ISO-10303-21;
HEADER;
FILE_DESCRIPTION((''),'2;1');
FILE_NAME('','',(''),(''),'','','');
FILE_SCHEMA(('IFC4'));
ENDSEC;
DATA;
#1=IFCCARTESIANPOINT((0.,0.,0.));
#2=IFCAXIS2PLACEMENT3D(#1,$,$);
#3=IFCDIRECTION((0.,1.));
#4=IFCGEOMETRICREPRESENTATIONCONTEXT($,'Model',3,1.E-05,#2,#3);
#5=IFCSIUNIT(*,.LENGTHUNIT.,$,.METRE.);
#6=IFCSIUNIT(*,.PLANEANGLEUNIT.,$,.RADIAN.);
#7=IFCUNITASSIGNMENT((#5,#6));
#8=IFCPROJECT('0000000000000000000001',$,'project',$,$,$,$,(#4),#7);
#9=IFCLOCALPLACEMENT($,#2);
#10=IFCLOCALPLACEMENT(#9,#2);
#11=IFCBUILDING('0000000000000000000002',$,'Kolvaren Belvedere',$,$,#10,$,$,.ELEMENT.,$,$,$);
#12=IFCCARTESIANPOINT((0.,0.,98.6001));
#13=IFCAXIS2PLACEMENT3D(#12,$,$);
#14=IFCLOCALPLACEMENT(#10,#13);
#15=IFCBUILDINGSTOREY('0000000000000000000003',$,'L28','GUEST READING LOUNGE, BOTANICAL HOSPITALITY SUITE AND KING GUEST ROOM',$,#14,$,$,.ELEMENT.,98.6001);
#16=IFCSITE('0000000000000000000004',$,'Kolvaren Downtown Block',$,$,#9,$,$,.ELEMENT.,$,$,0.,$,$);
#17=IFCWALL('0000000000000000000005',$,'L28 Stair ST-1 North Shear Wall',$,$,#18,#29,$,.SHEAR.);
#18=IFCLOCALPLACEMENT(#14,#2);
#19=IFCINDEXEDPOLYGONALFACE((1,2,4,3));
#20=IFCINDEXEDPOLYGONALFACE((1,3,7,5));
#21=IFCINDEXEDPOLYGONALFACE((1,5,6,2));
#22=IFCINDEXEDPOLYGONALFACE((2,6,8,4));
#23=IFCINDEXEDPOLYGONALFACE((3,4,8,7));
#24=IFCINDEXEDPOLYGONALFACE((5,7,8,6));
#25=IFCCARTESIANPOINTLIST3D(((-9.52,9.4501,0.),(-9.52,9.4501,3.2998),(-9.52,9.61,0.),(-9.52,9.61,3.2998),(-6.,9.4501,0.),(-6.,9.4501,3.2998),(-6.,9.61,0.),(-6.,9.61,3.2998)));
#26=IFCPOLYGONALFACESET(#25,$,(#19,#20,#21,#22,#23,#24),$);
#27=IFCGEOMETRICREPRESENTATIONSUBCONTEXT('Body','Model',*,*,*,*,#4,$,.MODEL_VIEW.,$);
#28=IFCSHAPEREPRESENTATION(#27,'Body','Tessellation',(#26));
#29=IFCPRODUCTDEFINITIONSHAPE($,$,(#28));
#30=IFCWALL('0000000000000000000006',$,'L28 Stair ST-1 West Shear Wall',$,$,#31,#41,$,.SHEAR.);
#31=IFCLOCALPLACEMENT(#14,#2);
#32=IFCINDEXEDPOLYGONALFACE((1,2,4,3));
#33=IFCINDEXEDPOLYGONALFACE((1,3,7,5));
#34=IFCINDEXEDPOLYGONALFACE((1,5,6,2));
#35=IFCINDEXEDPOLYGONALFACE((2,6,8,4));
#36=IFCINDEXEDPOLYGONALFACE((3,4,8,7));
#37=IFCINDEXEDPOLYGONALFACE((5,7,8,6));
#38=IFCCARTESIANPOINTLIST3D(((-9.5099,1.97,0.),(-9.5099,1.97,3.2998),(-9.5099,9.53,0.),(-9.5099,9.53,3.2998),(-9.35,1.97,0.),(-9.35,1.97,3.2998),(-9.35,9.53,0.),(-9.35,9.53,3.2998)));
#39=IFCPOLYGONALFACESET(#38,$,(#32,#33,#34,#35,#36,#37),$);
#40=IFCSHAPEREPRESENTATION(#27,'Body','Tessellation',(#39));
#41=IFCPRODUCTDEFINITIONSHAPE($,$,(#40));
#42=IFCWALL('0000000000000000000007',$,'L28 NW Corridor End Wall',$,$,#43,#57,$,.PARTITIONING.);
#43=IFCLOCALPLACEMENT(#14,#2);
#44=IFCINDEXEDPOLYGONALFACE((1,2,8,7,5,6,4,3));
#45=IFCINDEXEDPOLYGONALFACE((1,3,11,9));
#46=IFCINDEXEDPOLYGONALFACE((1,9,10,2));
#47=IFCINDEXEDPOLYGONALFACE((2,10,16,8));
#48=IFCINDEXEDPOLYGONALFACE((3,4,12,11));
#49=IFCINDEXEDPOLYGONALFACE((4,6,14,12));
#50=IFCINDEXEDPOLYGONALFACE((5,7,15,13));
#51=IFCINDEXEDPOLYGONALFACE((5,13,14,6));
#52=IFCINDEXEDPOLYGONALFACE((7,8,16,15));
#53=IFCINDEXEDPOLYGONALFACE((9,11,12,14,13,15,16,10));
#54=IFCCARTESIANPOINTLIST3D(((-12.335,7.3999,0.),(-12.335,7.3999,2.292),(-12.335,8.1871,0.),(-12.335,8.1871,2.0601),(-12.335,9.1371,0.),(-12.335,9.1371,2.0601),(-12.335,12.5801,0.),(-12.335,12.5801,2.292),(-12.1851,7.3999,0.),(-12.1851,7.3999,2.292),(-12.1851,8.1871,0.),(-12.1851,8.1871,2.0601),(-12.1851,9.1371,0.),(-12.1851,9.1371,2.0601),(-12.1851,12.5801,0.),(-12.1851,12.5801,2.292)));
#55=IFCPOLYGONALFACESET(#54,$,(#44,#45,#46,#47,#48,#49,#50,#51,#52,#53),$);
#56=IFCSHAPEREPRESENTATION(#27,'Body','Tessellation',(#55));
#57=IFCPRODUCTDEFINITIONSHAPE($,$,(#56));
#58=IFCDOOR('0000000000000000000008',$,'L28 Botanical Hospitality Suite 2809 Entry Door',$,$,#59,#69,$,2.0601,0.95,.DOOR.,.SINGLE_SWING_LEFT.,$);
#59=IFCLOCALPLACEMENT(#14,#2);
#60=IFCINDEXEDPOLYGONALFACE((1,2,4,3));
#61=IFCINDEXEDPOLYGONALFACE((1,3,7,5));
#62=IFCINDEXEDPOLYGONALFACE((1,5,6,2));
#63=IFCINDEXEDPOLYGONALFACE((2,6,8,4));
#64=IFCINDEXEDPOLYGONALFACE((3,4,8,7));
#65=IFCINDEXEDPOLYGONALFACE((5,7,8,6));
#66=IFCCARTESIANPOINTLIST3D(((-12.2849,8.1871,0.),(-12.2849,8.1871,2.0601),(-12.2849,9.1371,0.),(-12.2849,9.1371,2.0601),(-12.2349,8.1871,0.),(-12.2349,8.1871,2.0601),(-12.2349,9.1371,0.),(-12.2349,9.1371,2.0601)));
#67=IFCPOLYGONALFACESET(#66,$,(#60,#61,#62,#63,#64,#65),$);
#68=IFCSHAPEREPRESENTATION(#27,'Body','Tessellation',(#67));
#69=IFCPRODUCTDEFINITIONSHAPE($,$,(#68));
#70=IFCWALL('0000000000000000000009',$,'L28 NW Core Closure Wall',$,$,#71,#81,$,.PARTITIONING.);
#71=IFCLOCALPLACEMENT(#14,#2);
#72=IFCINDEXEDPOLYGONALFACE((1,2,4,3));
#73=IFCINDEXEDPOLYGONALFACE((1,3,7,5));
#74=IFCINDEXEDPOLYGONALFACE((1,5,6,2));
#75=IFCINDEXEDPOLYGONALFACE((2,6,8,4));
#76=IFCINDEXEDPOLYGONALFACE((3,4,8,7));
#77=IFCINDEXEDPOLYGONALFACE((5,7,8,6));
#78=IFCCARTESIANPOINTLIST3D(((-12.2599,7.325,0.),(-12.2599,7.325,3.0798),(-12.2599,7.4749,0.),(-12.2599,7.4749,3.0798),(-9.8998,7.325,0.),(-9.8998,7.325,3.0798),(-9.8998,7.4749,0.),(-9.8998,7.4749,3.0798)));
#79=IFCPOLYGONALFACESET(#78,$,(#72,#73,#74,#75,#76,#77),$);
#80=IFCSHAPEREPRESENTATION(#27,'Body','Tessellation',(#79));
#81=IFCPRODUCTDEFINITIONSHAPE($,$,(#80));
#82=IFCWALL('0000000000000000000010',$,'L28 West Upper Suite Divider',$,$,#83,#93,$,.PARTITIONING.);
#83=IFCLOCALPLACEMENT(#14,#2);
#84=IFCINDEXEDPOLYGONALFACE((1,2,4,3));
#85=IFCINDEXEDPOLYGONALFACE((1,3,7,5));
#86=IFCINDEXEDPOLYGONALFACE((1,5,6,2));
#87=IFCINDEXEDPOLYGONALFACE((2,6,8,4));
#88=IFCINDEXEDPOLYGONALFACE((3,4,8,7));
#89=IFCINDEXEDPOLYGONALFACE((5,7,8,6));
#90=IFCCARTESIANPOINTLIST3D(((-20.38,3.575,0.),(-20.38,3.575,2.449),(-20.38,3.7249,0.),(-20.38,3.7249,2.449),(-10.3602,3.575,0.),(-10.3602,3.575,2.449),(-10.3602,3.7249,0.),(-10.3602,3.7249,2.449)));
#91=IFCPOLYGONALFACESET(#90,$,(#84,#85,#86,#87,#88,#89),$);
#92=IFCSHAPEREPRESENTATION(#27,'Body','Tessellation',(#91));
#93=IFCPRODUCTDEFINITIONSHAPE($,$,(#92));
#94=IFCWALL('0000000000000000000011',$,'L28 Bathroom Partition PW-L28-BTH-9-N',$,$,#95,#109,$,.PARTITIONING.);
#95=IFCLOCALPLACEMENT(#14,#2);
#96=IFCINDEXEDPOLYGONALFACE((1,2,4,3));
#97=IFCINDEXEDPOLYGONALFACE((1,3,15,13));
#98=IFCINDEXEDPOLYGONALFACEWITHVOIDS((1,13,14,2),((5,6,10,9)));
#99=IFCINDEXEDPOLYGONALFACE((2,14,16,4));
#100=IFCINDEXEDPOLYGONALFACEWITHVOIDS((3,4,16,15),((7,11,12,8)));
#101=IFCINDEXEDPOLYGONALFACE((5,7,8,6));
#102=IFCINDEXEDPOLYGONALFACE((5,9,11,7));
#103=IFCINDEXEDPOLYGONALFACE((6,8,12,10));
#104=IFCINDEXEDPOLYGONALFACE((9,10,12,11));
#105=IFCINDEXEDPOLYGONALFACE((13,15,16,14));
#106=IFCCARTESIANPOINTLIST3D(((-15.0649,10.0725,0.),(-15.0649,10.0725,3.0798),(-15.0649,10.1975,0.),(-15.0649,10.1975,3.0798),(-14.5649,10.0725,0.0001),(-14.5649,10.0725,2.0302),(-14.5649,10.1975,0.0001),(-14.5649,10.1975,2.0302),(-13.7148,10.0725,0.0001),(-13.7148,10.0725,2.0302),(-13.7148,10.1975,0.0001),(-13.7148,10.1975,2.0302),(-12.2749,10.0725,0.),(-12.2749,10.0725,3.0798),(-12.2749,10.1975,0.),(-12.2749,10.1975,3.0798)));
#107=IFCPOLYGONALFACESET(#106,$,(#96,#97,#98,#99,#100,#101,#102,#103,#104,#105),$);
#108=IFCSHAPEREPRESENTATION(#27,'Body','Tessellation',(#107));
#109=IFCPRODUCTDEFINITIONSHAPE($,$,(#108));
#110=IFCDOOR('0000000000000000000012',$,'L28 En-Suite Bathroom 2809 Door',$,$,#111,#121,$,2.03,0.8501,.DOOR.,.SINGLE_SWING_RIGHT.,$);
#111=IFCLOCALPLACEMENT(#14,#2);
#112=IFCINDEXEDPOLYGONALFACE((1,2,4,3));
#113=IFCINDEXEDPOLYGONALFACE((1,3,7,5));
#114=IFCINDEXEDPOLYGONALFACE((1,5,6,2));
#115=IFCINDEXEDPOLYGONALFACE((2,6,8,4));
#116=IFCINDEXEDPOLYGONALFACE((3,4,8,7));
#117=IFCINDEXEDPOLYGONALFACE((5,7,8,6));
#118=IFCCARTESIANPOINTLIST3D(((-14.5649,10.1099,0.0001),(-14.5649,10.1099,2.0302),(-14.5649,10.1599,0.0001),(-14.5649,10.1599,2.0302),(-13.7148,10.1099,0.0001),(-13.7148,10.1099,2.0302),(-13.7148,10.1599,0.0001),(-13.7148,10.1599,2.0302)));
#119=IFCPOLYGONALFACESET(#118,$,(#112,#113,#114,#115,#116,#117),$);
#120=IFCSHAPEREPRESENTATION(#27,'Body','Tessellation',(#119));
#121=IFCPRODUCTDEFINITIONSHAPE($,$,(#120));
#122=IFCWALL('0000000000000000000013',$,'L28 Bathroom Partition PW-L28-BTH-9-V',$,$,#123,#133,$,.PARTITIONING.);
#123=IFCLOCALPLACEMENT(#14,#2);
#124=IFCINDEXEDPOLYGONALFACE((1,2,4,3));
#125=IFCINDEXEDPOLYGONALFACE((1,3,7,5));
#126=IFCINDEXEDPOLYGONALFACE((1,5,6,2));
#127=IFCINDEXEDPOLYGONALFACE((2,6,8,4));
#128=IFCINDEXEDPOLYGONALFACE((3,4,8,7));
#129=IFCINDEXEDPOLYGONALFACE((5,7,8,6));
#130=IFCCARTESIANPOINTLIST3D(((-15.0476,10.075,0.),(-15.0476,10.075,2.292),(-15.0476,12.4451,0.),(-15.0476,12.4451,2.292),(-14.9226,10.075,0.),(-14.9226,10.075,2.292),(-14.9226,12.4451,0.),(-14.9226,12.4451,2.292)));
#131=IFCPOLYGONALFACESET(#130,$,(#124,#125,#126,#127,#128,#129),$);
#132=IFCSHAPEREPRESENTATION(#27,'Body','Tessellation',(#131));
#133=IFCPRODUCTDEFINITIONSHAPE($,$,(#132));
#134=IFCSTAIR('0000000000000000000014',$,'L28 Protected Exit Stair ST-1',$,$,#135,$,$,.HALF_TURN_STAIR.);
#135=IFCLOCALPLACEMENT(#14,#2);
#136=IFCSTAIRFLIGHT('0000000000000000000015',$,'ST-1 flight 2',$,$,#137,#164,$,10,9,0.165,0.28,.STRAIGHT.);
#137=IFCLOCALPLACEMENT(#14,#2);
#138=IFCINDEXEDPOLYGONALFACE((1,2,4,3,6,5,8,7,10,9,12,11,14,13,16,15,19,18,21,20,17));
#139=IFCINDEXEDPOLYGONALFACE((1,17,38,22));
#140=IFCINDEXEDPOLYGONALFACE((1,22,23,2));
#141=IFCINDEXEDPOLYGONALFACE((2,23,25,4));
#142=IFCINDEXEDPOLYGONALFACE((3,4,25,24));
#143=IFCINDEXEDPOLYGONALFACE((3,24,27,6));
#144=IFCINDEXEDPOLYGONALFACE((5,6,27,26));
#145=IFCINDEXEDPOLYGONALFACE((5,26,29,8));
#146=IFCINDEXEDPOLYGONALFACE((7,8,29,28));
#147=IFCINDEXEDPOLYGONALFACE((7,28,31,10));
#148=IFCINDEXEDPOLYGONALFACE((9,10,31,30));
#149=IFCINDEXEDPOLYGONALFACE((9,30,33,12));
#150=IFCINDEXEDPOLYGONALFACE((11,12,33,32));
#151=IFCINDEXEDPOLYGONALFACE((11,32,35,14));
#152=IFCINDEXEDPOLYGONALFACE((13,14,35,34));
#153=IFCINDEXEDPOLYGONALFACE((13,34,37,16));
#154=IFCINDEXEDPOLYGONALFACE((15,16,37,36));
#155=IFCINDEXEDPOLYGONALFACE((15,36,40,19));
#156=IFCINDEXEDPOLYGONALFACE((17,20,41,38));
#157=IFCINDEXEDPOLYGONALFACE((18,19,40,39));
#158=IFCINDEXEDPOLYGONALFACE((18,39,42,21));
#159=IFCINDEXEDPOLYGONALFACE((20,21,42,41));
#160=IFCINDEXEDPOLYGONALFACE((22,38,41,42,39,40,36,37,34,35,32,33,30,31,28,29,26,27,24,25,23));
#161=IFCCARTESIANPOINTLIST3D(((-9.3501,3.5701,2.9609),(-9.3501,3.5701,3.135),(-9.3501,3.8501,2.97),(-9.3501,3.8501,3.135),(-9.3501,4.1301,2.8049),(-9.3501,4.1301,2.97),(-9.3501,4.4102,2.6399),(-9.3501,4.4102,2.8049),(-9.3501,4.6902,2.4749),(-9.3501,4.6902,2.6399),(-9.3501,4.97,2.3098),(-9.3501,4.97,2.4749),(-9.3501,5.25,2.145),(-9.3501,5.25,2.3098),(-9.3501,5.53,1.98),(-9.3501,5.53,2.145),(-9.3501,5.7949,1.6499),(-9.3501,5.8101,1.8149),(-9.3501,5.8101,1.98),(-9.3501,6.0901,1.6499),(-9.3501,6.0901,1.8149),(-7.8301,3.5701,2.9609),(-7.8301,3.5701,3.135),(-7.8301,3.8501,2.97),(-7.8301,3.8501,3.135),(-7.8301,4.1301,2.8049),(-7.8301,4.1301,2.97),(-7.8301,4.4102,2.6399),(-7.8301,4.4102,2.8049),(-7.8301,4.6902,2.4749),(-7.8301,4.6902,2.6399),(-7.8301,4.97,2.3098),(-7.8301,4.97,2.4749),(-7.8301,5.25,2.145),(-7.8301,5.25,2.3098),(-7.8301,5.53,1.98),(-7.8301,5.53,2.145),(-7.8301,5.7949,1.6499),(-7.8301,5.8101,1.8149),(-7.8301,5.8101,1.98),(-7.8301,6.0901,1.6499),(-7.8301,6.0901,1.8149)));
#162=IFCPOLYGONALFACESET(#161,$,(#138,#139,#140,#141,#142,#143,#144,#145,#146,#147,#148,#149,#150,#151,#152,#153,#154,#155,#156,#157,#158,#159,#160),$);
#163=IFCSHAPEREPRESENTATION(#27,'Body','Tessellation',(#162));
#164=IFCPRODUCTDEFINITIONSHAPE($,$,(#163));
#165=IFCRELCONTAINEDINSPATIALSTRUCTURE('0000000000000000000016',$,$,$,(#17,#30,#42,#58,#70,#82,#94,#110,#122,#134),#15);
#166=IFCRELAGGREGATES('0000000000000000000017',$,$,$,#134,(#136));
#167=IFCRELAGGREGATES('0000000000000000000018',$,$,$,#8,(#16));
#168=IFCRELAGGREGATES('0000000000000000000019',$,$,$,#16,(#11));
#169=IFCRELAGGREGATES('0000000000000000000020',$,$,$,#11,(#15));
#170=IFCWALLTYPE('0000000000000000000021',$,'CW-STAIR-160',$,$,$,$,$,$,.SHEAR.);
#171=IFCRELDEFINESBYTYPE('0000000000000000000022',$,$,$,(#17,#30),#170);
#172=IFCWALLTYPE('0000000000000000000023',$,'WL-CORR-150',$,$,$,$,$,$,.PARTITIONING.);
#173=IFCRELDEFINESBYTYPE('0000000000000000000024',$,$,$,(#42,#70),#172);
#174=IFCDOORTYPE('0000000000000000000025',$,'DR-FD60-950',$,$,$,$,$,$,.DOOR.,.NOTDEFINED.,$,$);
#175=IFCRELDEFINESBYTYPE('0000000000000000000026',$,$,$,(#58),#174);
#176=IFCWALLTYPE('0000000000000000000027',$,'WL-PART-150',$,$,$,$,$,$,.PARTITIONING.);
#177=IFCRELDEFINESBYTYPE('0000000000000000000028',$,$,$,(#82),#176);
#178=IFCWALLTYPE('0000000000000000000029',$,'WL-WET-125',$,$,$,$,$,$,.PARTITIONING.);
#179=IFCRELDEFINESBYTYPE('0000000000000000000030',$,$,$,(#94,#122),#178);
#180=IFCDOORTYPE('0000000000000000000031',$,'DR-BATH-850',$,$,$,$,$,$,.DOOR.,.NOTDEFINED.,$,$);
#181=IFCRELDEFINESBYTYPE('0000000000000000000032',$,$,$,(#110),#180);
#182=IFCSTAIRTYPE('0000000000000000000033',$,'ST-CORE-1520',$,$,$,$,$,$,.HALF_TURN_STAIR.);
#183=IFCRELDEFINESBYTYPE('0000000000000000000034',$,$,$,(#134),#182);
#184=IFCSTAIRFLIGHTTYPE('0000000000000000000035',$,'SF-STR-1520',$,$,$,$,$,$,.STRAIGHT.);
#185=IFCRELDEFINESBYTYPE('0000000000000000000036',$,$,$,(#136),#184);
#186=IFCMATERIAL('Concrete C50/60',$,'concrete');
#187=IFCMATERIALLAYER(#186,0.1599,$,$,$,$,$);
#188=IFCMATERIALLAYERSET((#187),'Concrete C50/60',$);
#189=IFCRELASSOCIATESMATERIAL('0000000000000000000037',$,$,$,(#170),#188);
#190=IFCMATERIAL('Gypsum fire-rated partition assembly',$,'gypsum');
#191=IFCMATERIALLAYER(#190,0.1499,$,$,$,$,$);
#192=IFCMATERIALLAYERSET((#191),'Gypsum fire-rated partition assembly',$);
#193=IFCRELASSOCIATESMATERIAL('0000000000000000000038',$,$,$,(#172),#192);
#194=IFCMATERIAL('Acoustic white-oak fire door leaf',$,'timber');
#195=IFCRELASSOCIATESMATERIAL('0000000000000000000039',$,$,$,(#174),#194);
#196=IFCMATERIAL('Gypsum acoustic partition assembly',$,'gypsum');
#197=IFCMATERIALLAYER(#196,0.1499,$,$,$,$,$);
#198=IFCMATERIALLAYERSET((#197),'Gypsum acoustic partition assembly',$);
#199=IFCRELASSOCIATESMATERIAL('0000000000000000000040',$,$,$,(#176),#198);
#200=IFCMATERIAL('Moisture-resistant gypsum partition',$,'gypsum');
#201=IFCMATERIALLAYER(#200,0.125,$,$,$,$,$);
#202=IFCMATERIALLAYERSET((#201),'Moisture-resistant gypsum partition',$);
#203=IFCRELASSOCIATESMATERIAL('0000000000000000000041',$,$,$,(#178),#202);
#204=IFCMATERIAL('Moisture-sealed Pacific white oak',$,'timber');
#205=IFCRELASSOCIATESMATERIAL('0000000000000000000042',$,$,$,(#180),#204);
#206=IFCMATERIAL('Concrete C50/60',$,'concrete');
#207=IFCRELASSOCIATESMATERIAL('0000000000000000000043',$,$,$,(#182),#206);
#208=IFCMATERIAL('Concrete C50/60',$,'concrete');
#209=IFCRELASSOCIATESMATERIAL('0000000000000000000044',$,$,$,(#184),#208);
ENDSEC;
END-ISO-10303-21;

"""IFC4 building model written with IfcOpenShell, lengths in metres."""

from ifc_helpers import new_model, si_unit, direction, frame, frame_2d, origin, place, context, subcontext, project, spatial, polyline, rectangle, outline, extrude, material, layer, layer_set, type_object, element, fill, aggregate, save


model = new_model("IFC4")

# Units and contexts
model_context = context("Model", 3, precision=1e-05, world=origin(), true_north=direction((0.0, 1.0)))
body_context = subcontext(model_context, "Body", "Model", "MODEL_VIEW")
ifc_project = project(units=[si_unit("LENGTHUNIT", "METRE"), si_unit("PLANEANGLEUNIT", "RADIAN")], contexts=[model_context])

# Site, building, storey
site_placement = place(None, origin())
site = spatial("IfcSite", under=ifc_project, at=site_placement, Name="Kolvaren Downtown Block", CompositionType="ELEMENT", RefElevation=0.0)
building_placement = place(site_placement, origin())
building = spatial("IfcBuilding", under=site, at=building_placement, Name="Kolvaren Belvedere", CompositionType="ELEMENT")
storey_placement = place(building_placement, frame((0.0, 0.0, 98.6001)))
storey = spatial("IfcBuildingStorey", under=building, at=storey_placement, Name="L28", Description="GUEST READING LOUNGE, BOTANICAL HOSPITALITY SUITE AND KING GUEST ROOM", CompositionType="ELEMENT", Elevation=98.6001)

# Shared definitions
ifc_material_1 = material(Name="Concrete C50/60", Category="concrete")
ifc_layer_1 = layer(ifc_material_1, 0.1599)
ifc_layer_set_1 = layer_set([ifc_layer_1], Name="Concrete C50/60")
wall_type_1 = type_object("IfcWallType", Name="CW-STAIR-160", PredefinedType="SHEAR", material=ifc_layer_set_1)

# Walls
wall_1_placement = place(storey_placement, frame((-9.52, 9.53, 0.0), z_axis=(0.0, 0.0, 1.0), x_axis=(1.0, 0.0, 0.0)))
element("IfcWall", 1, at=wall_1_placement, inside=storey, type_object=wall_type_1, Name="L28 Stair ST-1 North Shear Wall", PredefinedType="SHEAR", context=body_context, shape_type="SweptSolid", body=[
    extrude(rectangle(XDim=3.52, YDim=0.1599, at=frame_2d((1.76, 0.0))), origin(), (0.0, 0.0, 1.0), 3.2998),
])
wall_2_placement = place(storey_placement, frame((-9.4299, 1.97, 0.0), z_axis=(0.0, 0.0, 1.0), x_axis=(0.0, 1.0, 0.0)))
element("IfcWall", 2, at=wall_2_placement, inside=storey, type_object=wall_type_1, Name="L28 Stair ST-1 West Shear Wall", PredefinedType="SHEAR", context=body_context, shape_type="SweptSolid", body=[
    extrude(rectangle(XDim=7.5601, YDim=0.1599, at=frame_2d((3.78, 0.0))), origin(), (0.0, 0.0, 1.0), 3.2998),
])

# Wall, opening, door
ifc_material_2 = material(Name="Gypsum fire-rated partition assembly", Category="gypsum")
ifc_layer_2 = layer(ifc_material_2, 0.1499)
ifc_layer_set_2 = layer_set([ifc_layer_2], Name="Gypsum fire-rated partition assembly")
wall_type_2 = type_object("IfcWallType", Name="WL-CORR-150", PredefinedType="PARTITIONING", material=ifc_layer_set_2)
wall_3_placement = place(storey_placement, frame((-12.26, 7.3999, 0.0), z_axis=(0.0, 0.0, 1.0), x_axis=(0.0, 1.0, 0.0)))
wall_3 = element("IfcWall", 3, at=wall_3_placement, inside=storey, type_object=wall_type_2, Name="L28 NW Corridor End Wall", PredefinedType="PARTITIONING", context=body_context, shape_type="SweptSolid", body=[
    extrude(rectangle(XDim=5.1802, YDim=0.1499, at=frame_2d((2.5901, 0.0))), origin(), (0.0, 0.0, 1.0), 2.292),
])
opening_1_placement = place(wall_3_placement, frame((0.7871, 0.0, 0.0)))
opening_1 = element("IfcOpeningElement", 4, at=opening_1_placement, cuts=wall_3, PredefinedType="OPENING", context=body_context, shape_type="SweptSolid", body=[
    extrude(rectangle(XDim=0.95, YDim=2.0601, at=frame_2d((0.4751, 1.03))), frame((0.0, 0.085, 0.0), z_axis=(0.0, -1.0, 0.0), x_axis=(1.0, 0.0, 0.0)), (0.0, 0.0, 1.0), 0.1699),
])
ifc_material_3 = material(Name="Acoustic white-oak fire door leaf", Category="timber")
door_type_1 = type_object("IfcDoorType", Name="DR-FD60-950", OperationType="NOTDEFINED", PredefinedType="DOOR", material=ifc_material_3)
door_1_placement = place(opening_1_placement, origin())
door_1 = element("IfcDoor", 5, at=door_1_placement, inside=storey, type_object=door_type_1, Name="L28 Botanical Hospitality Suite 2809 Entry Door", OperationType="SINGLE_SWING_LEFT", OverallHeight=2.0601, OverallWidth=0.95, PredefinedType="DOOR", context=body_context, shape_type="SweptSolid", body=[
    extrude(rectangle(XDim=0.95, YDim=2.0601, at=frame_2d((0.4751, 1.03))), frame((0.0, 0.0249, 0.0), z_axis=(0.0, -1.0, 0.0), x_axis=(1.0, 0.0, 0.0)), (0.0, 0.0, 1.0), 0.05),
])
fill(opening_1, door_1)

# Walls
wall_4_placement = place(storey_placement, frame((-12.26, 7.3999, 0.0), z_axis=(0.0, 0.0, 1.0), x_axis=(1.0, 0.0, 0.0)))
element("IfcWall", 6, at=wall_4_placement, inside=storey, type_object=wall_type_2, Name="L28 NW Core Closure Wall", PredefinedType="PARTITIONING", context=body_context, shape_type="SweptSolid", body=[
    extrude(rectangle(XDim=2.3601, YDim=0.1499, at=frame_2d((1.1802, 0.0))), origin(), (0.0, 0.0, 1.0), 3.0798),
])
ifc_material_4 = material(Name="Gypsum acoustic partition assembly", Category="gypsum")
ifc_layer_3 = layer(ifc_material_4, 0.1499)
ifc_layer_set_3 = layer_set([ifc_layer_3], Name="Gypsum acoustic partition assembly")
wall_type_3 = type_object("IfcWallType", Name="WL-PART-150", PredefinedType="PARTITIONING", material=ifc_layer_set_3)
wall_5_placement = place(storey_placement, frame((-20.3799, 3.6499, 0.0), z_axis=(0.0, 0.0, 1.0), x_axis=(1.0, 0.0, 0.0)))
element("IfcWall", 7, at=wall_5_placement, inside=storey, type_object=wall_type_3, Name="L28 West Upper Suite Divider", PredefinedType="PARTITIONING", context=body_context, shape_type="SweptSolid", body=[
    extrude(rectangle(XDim=10.0198, YDim=0.1499, at=frame_2d((5.0098, 0.0))), origin(), (0.0, 0.0, 1.0), 2.449),
])

# Wall, opening, door
ifc_material_5 = material(Name="Moisture-resistant gypsum partition", Category="gypsum")
ifc_layer_4 = layer(ifc_material_5, 0.125)
ifc_layer_set_4 = layer_set([ifc_layer_4], Name="Moisture-resistant gypsum partition")
wall_type_4 = type_object("IfcWallType", Name="WL-WET-125", PredefinedType="PARTITIONING", material=ifc_layer_set_4)
wall_6_placement = place(storey_placement, frame((-15.0649, 10.135, 0.0), z_axis=(0.0, 0.0, 1.0), x_axis=(1.0, 0.0, 0.0)))
wall_6 = element("IfcWall", 8, at=wall_6_placement, inside=storey, type_object=wall_type_4, Name="L28 Bathroom Partition PW-L28-BTH-9-N", PredefinedType="PARTITIONING", context=body_context, shape_type="SweptSolid", body=[
    extrude(rectangle(XDim=2.79, YDim=0.125, at=frame_2d((1.395, 0.0))), origin(), (0.0, 0.0, 1.0), 3.0798),
])
opening_2_placement = place(wall_6_placement, frame((0.5, 0.0, 0.0)))
opening_2 = element("IfcOpeningElement", 9, at=opening_2_placement, cuts=wall_6, PredefinedType="OPENING", context=body_context, shape_type="SweptSolid", body=[
    extrude(rectangle(XDim=0.8501, YDim=2.03, at=frame_2d((0.425, 1.0151))), frame((0.0, 0.0725, 0.0), z_axis=(0.0, -1.0, 0.0), x_axis=(1.0, 0.0, 0.0)), (0.0, 0.0, 1.0), 0.145),
])
ifc_material_6 = material(Name="Moisture-sealed Pacific white oak", Category="timber")
door_type_2 = type_object("IfcDoorType", Name="DR-BATH-850", OperationType="NOTDEFINED", PredefinedType="DOOR", material=ifc_material_6)
door_2_placement = place(opening_2_placement, origin())
door_2 = element("IfcDoor", 10, at=door_2_placement, inside=storey, type_object=door_type_2, Name="L28 En-Suite Bathroom 2809 Door", OperationType="SINGLE_SWING_RIGHT", OverallHeight=2.03, OverallWidth=0.8501, PredefinedType="DOOR", context=body_context, shape_type="SweptSolid", body=[
    extrude(rectangle(XDim=0.8501, YDim=2.03, at=frame_2d((0.425, 1.0151))), frame((0.0, 0.0249, 0.0), z_axis=(0.0, -1.0, 0.0), x_axis=(1.0, 0.0, 0.0)), (0.0, 0.0, 1.0), 0.05),
])
fill(opening_2, door_2)

# Wall
wall_7_placement = place(storey_placement, frame((-14.9851, 10.075, 0.0), z_axis=(0.0, 0.0, 1.0), x_axis=(0.0, 1.0, 0.0)))
element("IfcWall", 11, at=wall_7_placement, inside=storey, type_object=wall_type_4, Name="L28 Bathroom Partition PW-L28-BTH-9-V", PredefinedType="PARTITIONING", context=body_context, shape_type="SweptSolid", body=[
    extrude(rectangle(XDim=2.3701, YDim=0.125, at=frame_2d((1.1851, 0.0))), origin(), (0.0, 0.0, 1.0), 2.292),
])

# Stair, stair flight
ifc_material_7 = material(Name="Concrete C50/60", Category="concrete")
stair_type = type_object("IfcStairType", Name="ST-CORE-1520", PredefinedType="HALF_TURN_STAIR", material=ifc_material_7)
stair_placement = place(storey_placement, origin())
stair = element("IfcStair", 12, at=stair_placement, inside=storey, type_object=stair_type, Name="L28 Protected Exit Stair ST-1", PredefinedType="HALF_TURN_STAIR")
ifc_material_8 = material(Name="Concrete C50/60", Category="concrete")
stair_flight_type = type_object("IfcStairFlightType", Name="SF-STR-1520", PredefinedType="STRAIGHT", material=ifc_material_8)
stair_flight_placement = place(storey_placement, frame((-8.5901, 6.0901, 1.6499), z_axis=(0.0, 0.0, 1.0), x_axis=(0.0, -1.0, 0.0)))
stair_flight = element("IfcStairFlight", 13, at=stair_flight_placement, type_object=stair_flight_type, Name="ST-1 flight 2", NumberOfRisers=10, NumberOfTreads=9, PredefinedType="STRAIGHT", RiserHeight=0.165, TreadLength=0.28, context=body_context, shape_type="SweptSolid", body=[
    extrude(outline(polyline([(0.0, 0.0), (0.0, 0.165), (0.28, 0.165), (0.28, 0.3301), (0.5601, 0.3301), (0.5601, 0.4951), (0.8401, 0.4951), (0.8401, 0.6599), (1.1201, 0.6599), (1.1201, 0.825), (1.3999, 0.825), (1.3999, 0.99), (1.6799, 0.99), (1.6799, 1.155), (1.96, 1.155), (1.96, 1.3201), (2.24, 1.3201), (2.24, 1.4851), (2.52, 1.4851), (2.52, 1.6499), (2.52, 1.311), (0.2952, 0.0), (0.0, 0.0)])), frame((0.0, 0.76, 0.0), z_axis=(0.0, -1.0, 0.0), x_axis=(1.0, 0.0, 0.0)), (0.0, 0.0, 1.0), 1.52),
])
aggregate(stair, [stair_flight])

save(model, "model.ifc")
